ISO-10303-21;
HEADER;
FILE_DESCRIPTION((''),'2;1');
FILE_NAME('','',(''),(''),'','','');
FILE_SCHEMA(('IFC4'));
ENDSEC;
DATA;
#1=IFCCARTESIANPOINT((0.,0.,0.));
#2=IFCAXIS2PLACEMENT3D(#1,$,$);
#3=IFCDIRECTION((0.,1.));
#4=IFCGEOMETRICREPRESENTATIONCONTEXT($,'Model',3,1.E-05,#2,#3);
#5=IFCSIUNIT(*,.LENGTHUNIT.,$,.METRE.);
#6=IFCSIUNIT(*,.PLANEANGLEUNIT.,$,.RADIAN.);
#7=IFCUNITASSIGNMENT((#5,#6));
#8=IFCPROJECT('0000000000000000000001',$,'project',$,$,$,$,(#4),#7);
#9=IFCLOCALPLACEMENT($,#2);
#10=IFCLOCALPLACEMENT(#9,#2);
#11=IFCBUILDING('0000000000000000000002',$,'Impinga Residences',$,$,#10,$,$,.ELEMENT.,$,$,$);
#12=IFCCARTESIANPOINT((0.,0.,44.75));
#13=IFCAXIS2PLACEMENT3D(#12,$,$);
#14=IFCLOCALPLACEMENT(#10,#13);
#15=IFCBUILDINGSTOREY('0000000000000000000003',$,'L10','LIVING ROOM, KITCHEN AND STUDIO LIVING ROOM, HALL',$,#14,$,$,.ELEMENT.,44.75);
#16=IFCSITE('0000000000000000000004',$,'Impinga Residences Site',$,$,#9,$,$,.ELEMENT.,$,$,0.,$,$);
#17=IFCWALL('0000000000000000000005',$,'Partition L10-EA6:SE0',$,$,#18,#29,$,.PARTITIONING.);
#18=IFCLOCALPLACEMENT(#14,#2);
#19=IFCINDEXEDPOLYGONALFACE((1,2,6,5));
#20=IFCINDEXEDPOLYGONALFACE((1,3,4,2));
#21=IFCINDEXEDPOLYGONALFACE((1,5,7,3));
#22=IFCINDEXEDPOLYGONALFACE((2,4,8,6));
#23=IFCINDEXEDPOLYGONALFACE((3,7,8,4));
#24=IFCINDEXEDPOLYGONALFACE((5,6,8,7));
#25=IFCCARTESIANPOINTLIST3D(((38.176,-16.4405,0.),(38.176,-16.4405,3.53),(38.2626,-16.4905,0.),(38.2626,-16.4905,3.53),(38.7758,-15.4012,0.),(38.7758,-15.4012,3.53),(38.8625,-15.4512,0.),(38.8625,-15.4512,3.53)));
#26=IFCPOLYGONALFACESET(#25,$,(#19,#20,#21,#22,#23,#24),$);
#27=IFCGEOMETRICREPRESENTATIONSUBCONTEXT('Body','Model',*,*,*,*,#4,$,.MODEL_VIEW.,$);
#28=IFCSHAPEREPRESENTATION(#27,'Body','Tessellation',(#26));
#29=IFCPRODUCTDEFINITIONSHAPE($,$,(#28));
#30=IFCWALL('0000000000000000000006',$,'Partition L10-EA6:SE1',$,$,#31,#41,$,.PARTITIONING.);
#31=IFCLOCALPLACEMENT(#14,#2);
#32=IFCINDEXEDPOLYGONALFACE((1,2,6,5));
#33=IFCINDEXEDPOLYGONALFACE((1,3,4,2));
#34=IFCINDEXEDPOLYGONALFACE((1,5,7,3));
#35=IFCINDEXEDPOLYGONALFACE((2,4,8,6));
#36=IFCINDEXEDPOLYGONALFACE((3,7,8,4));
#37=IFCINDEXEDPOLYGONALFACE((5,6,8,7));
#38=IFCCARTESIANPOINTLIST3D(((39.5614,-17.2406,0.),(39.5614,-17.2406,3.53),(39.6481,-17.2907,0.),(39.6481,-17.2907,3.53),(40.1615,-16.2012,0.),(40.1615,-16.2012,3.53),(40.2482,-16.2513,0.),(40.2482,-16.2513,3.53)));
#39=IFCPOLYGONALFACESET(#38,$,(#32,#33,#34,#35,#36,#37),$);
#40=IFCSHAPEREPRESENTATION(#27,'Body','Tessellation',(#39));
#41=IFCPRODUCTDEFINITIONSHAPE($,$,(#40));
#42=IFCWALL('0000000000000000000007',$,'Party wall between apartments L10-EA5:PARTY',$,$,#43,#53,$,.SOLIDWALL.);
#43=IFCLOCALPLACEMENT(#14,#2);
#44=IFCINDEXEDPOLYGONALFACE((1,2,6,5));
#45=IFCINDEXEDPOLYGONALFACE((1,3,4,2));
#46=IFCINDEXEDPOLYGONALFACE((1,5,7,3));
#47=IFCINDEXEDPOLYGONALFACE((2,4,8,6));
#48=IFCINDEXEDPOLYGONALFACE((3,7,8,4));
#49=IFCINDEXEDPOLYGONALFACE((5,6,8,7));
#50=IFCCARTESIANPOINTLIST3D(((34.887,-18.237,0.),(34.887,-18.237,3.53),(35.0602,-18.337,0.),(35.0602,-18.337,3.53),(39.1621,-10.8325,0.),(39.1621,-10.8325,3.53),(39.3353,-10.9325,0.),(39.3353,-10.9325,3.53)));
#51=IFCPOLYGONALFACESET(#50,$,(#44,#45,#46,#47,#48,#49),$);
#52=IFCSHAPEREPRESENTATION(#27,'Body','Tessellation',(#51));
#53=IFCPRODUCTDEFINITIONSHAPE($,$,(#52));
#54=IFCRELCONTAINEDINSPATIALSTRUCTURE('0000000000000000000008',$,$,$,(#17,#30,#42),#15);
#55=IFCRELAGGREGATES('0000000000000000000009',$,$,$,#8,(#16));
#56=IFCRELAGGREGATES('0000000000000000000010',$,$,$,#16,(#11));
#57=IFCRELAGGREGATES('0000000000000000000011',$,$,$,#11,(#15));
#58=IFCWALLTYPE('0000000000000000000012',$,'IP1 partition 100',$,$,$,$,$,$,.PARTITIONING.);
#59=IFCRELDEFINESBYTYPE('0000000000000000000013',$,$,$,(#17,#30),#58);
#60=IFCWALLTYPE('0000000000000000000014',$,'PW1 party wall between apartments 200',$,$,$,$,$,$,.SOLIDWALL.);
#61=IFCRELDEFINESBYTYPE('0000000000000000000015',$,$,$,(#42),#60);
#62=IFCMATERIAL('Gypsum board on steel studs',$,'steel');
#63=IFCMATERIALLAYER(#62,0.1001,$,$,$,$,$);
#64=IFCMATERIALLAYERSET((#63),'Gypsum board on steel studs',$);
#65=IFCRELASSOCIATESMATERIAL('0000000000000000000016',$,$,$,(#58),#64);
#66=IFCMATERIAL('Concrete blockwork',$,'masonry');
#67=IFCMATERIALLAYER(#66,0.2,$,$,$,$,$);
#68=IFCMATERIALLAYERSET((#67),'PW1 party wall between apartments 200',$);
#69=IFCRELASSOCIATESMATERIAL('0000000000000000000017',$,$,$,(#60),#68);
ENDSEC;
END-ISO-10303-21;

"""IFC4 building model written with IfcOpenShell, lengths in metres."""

from ifc_helpers import new_model, si_unit, direction, frame, frame_2d, origin, place, context, subcontext, project, spatial, rectangle, extrude, material, layer, layer_set, type_object, element, save


model = new_model("IFC4")

# Units and contexts
model_context = context("Model", 3, precision=1e-05, world=origin(), true_north=direction((0.0, 1.0)))
body_context = subcontext(model_context, "Body", "Model", "MODEL_VIEW")
ifc_project = project(units=[si_unit("LENGTHUNIT", "METRE"), si_unit("PLANEANGLEUNIT", "RADIAN")], contexts=[model_context])

# Site, building, storey
site_placement = place(None, origin())
site = spatial("IfcSite", under=ifc_project, at=site_placement, Name="Impinga Residences Site", CompositionType="ELEMENT", RefElevation=0.0)
building_placement = place(site_placement, origin())
building = spatial("IfcBuilding", under=site, at=building_placement, Name="Impinga Residences", CompositionType="ELEMENT")
storey_placement = place(building_placement, frame((0.0, 0.0, 44.75)))
storey = spatial("IfcBuildingStorey", under=building, at=storey_placement, Name="L10", Description="LIVING ROOM, KITCHEN AND STUDIO LIVING ROOM, HALL", CompositionType="ELEMENT", Elevation=44.75)

# Shared definitions
ifc_material_1 = material(Name="Gypsum board on steel studs", Category="steel")
ifc_layer_1 = layer(ifc_material_1, 0.1001)
ifc_layer_set_1 = layer_set([ifc_layer_1], Name="Gypsum board on steel studs")
wall_type_1 = type_object("IfcWallType", Name="IP1 partition 100", PredefinedType="PARTITIONING", material=ifc_layer_set_1)

# Walls
wall_1_placement = place(storey_placement, frame((38.2192, -16.4656, 0.0), z_axis=(0.0, 0.0, 1.0), x_axis=(0.499881, 0.866094, 0.0)))
element("IfcWall", 1, at=wall_1_placement, inside=storey, type_object=wall_type_1, Name="Partition L10-EA6:SE0", PredefinedType="PARTITIONING", context=body_context, shape_type="SweptSolid", body=[
    extrude(rectangle(XDim=1.2, YDim=0.1001, at=frame_2d((0.6001, 0.0))), origin(), (0.0, 0.0, 1.0), 3.53),
])
wall_2_placement = place(storey_placement, frame((39.6047, -17.2656, 0.0), z_axis=(0.0, 0.0, 1.0), x_axis=(0.500034, 0.866006, 0.0)))
element("IfcWall", 2, at=wall_2_placement, inside=storey, type_object=wall_type_1, Name="Partition L10-EA6:SE1", PredefinedType="PARTITIONING", context=body_context, shape_type="SweptSolid", body=[
    extrude(rectangle(XDim=1.2002, YDim=0.1001, at=frame_2d((0.6001, 0.0))), origin(), (0.0, 0.0, 1.0), 3.53),
])
ifc_material_2 = material(Name="Concrete blockwork", Category="masonry")
ifc_layer_2 = layer(ifc_material_2, 0.2)
ifc_layer_set_2 = layer_set([ifc_layer_2], Name="PW1 party wall between apartments 200")
wall_type_2 = type_object("IfcWallType", Name="PW1 party wall between apartments 200", PredefinedType="SOLIDWALL", material=ifc_layer_set_2)
wall_3_placement = place(storey_placement, frame((34.9736, -18.2869, 0.0), z_axis=(0.0, 0.0, 1.0), x_axis=(0.500012, 0.866019, 0.0)))
element("IfcWall", 3, at=wall_3_placement, inside=storey, type_object=wall_type_2, Name="Party wall between apartments L10-EA5:PARTY", PredefinedType="SOLIDWALL", context=body_context, shape_type="SweptSolid", body=[
    extrude(rectangle(XDim=8.55, YDim=0.2, at=frame_2d((4.2749, 0.0))), origin(), (0.0, 0.0, 1.0), 3.53),
])

save(model, "model.ifc")
